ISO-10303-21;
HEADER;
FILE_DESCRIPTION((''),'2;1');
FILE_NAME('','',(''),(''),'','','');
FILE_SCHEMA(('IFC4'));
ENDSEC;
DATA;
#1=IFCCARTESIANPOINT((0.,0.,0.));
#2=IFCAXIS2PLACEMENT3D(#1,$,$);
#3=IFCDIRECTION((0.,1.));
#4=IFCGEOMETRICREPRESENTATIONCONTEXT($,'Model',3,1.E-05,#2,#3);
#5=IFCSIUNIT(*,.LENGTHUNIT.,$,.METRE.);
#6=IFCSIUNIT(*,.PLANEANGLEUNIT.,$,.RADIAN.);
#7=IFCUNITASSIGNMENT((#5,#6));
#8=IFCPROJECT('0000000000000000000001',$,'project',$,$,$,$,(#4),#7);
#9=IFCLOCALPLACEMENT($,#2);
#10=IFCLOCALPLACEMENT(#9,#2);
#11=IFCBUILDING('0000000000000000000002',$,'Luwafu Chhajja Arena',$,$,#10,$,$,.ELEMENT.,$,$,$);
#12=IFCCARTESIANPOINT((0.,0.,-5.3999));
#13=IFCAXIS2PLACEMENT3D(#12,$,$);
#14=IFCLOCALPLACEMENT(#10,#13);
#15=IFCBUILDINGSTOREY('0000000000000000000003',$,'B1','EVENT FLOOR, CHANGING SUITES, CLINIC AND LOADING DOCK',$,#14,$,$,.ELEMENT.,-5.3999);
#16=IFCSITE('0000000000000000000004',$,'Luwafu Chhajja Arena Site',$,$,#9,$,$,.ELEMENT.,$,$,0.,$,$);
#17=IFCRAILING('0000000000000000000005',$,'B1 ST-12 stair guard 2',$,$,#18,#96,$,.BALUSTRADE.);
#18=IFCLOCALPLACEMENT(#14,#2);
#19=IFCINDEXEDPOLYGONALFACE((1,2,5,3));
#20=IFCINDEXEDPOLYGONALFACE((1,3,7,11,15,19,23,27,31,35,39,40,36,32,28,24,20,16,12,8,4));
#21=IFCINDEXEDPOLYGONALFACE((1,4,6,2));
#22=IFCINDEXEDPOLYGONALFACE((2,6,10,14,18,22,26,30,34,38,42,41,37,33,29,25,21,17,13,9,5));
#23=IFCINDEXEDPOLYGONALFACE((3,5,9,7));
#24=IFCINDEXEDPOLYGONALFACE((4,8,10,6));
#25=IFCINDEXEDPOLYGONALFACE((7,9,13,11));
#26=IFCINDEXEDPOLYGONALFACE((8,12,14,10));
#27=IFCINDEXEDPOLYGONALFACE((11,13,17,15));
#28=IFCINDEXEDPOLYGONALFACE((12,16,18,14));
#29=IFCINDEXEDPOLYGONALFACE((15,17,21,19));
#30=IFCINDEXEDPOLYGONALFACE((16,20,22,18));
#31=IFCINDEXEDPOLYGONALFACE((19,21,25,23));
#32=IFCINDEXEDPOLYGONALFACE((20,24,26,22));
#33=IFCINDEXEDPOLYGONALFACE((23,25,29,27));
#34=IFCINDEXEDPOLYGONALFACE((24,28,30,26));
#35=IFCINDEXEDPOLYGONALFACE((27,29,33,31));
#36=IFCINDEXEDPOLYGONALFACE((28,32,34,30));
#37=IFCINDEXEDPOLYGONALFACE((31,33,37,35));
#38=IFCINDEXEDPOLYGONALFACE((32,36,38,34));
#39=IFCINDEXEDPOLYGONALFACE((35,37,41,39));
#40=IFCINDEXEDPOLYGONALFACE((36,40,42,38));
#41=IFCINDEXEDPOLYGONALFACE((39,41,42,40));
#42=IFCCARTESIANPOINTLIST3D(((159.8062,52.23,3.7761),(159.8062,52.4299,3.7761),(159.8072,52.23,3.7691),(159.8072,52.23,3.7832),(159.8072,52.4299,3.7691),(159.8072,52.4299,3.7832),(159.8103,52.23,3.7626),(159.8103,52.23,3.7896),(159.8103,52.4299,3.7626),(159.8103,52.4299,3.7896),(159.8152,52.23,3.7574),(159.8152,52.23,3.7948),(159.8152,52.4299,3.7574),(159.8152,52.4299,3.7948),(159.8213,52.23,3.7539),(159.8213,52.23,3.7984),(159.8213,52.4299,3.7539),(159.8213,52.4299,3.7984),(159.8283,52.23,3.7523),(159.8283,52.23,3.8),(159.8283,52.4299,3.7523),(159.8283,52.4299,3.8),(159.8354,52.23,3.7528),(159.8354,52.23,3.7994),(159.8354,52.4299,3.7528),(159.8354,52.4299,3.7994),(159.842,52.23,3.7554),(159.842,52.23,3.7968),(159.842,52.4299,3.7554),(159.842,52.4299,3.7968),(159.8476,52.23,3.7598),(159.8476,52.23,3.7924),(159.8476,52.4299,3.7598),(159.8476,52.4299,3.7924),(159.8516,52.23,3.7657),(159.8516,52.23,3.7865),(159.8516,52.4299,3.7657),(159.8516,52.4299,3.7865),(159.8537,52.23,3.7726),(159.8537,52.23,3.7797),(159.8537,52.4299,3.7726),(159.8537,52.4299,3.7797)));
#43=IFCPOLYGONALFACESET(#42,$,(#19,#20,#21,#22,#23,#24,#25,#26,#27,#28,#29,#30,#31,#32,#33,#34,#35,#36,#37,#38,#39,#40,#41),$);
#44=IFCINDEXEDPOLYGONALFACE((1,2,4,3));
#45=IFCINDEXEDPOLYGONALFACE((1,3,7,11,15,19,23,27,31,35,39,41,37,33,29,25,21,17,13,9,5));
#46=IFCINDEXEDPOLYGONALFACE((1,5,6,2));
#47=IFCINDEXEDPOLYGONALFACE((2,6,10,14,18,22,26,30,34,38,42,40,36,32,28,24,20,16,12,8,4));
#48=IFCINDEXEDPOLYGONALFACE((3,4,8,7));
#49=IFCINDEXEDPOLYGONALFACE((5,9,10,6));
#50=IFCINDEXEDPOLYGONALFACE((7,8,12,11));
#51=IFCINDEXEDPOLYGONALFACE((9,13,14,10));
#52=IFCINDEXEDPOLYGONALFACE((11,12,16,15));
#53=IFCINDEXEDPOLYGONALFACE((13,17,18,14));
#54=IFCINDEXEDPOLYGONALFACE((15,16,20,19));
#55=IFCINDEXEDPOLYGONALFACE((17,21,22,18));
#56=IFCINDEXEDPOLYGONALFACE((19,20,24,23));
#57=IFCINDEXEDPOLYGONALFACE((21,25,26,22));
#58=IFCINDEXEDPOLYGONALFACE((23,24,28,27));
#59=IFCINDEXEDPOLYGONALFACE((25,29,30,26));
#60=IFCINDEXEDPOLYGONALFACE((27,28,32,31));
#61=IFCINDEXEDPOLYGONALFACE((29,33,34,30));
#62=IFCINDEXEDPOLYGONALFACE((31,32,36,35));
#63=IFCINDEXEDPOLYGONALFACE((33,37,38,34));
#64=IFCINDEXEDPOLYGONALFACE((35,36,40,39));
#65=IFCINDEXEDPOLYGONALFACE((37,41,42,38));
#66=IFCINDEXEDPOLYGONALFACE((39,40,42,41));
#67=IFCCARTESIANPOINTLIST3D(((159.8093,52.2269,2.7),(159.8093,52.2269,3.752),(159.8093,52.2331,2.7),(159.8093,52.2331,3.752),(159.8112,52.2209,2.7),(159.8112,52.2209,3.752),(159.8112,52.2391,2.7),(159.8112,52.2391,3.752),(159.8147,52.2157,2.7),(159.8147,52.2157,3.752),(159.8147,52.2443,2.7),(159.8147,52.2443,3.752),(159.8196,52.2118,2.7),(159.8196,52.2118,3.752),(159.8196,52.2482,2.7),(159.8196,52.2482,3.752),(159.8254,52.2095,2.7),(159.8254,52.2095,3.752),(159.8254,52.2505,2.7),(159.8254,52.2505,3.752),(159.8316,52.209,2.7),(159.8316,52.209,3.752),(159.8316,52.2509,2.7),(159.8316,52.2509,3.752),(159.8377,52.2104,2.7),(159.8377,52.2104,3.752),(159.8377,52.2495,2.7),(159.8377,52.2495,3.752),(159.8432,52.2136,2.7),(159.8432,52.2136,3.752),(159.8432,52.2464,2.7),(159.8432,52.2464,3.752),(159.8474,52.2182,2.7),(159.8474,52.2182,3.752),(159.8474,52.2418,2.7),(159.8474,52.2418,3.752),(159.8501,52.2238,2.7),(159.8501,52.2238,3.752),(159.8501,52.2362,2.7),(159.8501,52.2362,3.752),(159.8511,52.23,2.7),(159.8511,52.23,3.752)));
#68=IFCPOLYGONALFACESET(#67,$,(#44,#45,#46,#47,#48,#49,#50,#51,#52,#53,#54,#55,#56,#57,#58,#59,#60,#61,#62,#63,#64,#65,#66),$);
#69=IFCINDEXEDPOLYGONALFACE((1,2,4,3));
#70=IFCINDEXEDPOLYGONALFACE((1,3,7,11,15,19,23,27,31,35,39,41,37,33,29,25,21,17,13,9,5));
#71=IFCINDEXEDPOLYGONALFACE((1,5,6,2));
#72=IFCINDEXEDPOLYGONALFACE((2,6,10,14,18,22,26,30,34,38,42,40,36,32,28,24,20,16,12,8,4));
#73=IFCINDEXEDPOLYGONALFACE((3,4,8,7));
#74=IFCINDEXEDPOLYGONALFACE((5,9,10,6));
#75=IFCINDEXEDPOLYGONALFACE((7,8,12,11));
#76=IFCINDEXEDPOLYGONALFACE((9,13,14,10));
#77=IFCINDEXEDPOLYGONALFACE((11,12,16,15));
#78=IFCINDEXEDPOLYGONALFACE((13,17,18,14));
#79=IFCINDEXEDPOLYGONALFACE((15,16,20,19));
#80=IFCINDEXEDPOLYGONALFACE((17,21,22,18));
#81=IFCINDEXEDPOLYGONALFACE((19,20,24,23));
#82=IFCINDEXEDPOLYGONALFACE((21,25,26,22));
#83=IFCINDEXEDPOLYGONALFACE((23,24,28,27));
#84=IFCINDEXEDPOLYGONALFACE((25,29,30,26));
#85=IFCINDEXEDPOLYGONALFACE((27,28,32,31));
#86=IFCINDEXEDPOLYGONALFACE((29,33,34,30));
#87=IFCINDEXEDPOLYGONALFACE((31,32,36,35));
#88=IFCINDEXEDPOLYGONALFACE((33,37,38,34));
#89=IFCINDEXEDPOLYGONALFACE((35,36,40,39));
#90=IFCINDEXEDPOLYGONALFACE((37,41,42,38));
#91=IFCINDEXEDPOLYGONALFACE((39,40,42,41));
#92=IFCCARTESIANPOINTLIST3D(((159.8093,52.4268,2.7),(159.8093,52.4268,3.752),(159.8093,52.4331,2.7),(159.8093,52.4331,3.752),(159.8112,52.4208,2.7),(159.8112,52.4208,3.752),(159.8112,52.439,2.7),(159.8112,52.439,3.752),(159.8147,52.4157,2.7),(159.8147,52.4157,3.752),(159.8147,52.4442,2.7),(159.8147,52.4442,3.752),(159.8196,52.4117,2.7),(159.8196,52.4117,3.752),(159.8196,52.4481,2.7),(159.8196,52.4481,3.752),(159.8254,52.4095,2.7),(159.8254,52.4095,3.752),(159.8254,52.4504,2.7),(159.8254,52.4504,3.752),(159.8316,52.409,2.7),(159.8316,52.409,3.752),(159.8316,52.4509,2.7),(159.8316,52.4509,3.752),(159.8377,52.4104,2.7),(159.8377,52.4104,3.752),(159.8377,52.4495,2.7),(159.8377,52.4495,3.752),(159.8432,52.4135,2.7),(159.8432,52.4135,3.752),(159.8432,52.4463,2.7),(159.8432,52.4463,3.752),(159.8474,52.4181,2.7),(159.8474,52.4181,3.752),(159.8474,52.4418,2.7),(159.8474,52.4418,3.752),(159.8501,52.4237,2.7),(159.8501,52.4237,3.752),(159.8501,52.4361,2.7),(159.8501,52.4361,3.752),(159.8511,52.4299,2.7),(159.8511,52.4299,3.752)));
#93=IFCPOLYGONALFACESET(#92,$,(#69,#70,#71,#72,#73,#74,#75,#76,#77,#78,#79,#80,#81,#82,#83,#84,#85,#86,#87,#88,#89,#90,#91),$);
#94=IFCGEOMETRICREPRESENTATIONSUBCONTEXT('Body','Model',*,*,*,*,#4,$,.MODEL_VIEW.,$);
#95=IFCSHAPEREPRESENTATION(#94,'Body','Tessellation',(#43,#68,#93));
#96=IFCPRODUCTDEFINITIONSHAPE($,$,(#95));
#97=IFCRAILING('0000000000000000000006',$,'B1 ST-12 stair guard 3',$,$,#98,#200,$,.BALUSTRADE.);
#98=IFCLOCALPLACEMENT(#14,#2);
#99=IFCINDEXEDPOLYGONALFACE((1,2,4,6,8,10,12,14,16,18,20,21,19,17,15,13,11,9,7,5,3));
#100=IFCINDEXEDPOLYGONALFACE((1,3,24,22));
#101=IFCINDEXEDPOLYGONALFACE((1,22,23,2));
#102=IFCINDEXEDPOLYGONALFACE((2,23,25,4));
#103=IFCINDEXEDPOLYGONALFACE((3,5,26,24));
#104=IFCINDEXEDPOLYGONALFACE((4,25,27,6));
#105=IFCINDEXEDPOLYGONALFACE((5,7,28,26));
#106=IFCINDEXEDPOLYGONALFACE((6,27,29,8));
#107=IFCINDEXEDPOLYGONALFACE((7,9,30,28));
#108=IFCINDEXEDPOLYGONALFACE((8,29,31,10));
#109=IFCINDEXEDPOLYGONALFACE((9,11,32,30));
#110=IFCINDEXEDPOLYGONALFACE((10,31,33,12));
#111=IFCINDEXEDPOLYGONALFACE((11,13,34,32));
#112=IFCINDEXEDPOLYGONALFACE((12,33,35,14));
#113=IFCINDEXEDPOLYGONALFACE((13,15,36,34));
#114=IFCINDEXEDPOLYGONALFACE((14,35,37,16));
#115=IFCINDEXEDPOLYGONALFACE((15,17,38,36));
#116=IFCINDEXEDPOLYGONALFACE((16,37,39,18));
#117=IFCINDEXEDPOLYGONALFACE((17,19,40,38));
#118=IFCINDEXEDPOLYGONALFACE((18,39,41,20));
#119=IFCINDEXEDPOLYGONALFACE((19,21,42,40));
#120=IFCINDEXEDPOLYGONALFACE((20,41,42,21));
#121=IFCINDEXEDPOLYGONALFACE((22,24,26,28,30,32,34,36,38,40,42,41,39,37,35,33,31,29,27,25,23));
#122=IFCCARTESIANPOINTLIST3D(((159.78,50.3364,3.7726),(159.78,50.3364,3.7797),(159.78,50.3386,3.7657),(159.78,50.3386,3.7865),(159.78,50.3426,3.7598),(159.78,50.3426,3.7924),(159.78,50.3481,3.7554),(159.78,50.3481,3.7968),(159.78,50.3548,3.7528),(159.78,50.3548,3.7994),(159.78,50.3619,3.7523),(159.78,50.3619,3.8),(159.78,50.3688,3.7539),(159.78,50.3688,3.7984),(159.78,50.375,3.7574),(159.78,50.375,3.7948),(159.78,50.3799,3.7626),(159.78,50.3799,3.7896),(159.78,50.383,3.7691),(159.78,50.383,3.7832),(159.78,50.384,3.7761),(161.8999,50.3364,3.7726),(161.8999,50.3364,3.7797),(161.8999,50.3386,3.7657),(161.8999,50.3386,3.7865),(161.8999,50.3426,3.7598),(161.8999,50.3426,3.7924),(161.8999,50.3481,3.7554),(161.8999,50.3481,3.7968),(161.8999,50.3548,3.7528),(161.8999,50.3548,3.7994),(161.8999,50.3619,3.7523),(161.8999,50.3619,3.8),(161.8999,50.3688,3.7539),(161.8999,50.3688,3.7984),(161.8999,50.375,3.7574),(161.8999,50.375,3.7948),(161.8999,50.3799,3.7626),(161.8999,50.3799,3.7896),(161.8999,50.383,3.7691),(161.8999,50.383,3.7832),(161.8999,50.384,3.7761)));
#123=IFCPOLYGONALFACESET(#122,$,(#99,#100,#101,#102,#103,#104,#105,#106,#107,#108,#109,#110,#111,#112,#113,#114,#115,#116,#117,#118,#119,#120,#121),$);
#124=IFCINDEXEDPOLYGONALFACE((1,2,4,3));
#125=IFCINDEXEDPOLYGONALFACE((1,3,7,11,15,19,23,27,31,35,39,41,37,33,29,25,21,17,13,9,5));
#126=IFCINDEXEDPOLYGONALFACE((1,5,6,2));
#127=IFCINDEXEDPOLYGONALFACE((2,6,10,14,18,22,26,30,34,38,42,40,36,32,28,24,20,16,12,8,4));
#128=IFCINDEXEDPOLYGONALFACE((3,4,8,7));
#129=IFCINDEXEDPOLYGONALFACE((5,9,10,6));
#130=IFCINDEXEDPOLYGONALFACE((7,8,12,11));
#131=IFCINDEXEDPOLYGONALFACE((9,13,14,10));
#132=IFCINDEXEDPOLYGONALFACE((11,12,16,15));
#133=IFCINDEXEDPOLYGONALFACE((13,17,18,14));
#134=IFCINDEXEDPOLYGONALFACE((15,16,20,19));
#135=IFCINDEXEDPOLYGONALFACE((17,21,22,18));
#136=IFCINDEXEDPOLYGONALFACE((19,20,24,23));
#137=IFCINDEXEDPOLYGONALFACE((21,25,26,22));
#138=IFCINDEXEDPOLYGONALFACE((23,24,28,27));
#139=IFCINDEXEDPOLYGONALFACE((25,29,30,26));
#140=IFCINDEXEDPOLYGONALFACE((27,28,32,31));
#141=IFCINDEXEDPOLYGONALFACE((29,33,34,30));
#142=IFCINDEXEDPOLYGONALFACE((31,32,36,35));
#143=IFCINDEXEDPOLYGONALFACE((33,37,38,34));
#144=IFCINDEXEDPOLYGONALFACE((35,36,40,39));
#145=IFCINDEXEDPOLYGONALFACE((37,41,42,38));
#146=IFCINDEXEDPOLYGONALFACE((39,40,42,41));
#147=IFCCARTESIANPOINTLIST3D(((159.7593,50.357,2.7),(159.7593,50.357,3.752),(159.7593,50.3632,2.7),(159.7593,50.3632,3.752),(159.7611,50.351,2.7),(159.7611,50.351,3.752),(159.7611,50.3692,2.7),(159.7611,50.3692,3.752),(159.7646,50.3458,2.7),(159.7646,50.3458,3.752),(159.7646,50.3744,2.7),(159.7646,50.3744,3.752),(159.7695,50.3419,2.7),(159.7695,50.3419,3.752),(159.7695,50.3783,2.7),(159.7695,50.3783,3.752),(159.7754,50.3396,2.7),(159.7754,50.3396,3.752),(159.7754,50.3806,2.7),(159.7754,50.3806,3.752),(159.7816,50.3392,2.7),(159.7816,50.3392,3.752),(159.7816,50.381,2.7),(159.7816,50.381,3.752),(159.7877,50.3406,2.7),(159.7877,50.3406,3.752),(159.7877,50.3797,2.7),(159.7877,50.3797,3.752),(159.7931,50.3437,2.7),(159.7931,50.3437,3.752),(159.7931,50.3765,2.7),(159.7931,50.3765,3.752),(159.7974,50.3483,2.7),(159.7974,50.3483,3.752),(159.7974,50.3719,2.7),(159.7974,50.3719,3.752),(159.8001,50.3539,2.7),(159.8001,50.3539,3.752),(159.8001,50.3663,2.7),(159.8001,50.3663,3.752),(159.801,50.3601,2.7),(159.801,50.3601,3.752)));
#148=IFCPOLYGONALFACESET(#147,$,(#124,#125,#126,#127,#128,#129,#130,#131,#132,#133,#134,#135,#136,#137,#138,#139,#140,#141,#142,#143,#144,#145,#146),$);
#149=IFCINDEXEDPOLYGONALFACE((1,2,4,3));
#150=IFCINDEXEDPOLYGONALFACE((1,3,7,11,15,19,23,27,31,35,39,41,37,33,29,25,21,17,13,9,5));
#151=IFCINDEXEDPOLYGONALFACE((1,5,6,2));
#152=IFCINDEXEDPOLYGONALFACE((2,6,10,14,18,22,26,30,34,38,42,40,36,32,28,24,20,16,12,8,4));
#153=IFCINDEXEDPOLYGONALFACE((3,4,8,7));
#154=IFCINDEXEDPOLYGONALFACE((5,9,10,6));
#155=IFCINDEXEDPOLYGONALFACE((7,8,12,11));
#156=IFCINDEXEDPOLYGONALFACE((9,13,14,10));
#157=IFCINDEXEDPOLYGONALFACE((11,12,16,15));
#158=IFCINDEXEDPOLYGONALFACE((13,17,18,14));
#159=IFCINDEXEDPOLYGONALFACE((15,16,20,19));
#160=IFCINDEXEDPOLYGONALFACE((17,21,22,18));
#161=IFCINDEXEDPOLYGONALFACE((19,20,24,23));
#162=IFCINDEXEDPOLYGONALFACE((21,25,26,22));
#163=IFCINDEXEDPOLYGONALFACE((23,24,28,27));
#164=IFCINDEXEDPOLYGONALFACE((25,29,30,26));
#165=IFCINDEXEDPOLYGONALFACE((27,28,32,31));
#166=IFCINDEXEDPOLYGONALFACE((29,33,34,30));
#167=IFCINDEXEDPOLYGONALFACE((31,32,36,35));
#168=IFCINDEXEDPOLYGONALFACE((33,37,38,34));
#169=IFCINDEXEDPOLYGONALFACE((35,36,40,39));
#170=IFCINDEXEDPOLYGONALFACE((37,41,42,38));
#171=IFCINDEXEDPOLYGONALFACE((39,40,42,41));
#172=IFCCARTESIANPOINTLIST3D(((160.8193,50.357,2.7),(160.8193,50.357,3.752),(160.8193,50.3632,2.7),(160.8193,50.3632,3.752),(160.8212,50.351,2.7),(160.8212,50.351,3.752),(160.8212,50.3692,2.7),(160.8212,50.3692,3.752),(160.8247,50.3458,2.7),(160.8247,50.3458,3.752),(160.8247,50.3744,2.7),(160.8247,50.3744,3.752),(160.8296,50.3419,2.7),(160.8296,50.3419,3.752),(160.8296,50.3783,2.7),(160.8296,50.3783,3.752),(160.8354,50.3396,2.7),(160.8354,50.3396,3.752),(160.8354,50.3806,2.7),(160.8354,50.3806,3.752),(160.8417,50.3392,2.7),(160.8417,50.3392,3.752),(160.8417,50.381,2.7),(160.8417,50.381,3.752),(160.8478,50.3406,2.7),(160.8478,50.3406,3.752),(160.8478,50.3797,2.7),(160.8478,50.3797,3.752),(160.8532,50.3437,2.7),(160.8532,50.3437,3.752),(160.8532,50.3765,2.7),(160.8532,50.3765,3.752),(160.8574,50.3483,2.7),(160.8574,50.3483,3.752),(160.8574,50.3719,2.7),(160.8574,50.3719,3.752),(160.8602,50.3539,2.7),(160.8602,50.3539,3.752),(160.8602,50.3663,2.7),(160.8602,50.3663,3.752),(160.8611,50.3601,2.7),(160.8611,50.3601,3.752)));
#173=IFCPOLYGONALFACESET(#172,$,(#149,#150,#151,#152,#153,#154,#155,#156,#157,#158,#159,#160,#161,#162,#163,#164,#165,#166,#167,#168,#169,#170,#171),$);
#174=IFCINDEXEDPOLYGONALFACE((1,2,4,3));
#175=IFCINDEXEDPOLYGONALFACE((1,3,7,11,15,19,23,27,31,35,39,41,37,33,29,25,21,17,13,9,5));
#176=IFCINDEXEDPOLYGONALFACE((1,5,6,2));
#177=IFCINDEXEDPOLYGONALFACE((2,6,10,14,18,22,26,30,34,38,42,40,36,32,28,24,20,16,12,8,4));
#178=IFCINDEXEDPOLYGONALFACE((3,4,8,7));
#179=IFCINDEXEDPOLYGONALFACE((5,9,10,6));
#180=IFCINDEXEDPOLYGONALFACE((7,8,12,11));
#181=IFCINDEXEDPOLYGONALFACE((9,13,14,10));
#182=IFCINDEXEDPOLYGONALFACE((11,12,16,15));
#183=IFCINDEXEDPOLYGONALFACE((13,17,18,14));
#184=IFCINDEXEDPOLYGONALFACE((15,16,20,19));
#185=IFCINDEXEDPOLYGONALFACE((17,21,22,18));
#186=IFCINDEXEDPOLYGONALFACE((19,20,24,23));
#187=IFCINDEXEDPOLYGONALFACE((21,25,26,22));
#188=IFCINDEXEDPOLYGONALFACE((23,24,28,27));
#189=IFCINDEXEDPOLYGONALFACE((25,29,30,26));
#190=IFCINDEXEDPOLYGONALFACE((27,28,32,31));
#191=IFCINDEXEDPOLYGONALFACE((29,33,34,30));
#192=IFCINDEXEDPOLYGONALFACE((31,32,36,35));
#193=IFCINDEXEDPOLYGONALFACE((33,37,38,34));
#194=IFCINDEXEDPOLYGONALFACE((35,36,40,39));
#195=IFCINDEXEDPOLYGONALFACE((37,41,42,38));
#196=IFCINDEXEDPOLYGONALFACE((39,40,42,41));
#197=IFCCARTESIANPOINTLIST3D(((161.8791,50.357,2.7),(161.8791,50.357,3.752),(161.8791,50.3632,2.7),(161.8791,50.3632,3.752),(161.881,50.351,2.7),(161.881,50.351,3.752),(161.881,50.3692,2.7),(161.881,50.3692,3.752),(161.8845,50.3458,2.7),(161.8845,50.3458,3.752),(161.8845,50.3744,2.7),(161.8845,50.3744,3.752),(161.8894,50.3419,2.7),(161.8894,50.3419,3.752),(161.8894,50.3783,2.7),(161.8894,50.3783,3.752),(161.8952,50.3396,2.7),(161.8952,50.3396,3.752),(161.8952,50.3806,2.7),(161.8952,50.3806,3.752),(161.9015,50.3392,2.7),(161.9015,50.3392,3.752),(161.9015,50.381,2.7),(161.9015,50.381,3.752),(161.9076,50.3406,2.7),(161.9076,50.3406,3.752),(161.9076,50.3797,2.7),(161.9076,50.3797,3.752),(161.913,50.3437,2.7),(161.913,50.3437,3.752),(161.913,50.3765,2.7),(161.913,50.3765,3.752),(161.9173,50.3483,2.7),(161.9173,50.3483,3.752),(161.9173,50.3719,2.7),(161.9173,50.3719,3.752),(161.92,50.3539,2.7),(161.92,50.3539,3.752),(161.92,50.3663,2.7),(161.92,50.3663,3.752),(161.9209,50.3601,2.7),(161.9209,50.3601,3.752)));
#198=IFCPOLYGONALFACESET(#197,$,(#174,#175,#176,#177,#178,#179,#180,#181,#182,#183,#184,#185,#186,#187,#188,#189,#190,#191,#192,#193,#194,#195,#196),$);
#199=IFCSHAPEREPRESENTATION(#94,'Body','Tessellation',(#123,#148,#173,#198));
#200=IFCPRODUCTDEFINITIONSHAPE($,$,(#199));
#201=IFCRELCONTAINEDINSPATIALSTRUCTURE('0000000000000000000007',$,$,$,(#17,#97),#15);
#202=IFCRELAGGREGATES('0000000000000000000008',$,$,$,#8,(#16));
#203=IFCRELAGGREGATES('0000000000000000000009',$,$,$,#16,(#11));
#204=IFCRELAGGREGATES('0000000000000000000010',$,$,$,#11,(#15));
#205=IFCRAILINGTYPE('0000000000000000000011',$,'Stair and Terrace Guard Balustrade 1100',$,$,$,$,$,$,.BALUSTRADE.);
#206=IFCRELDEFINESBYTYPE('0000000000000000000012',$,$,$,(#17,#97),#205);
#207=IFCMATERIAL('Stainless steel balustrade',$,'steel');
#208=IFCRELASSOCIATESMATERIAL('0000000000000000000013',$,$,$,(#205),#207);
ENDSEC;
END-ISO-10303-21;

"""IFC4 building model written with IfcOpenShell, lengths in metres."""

from ifc_helpers import new_model, si_unit, direction, frame, origin, origin_2d, place, context, subcontext, project, spatial, circle, extrude, material, type_object, element, save


model = new_model("IFC4")

# Units and contexts
model_context = context("Model", 3, precision=1e-05, world=origin(), true_north=direction((0.0, 1.0)))
body_context = subcontext(model_context, "Body", "Model", "MODEL_VIEW")
ifc_project = project(units=[si_unit("LENGTHUNIT", "METRE"), si_unit("PLANEANGLEUNIT", "RADIAN")], contexts=[model_context])

# Site, building, storey
site_placement = place(None, origin())
site = spatial("IfcSite", under=ifc_project, at=site_placement, Name="Luwafu Chhajja Arena Site", CompositionType="ELEMENT", RefElevation=0.0)
building_placement = place(site_placement, origin())
building = spatial("IfcBuilding", under=site, at=building_placement, Name="Luwafu Chhajja Arena", CompositionType="ELEMENT")
storey_placement = place(building_placement, frame((0.0, 0.0, -5.3999)))
storey = spatial("IfcBuildingStorey", under=building, at=storey_placement, Name="B1", Description="EVENT FLOOR, CHANGING SUITES, CLINIC AND LOADING DOCK", CompositionType="ELEMENT", Elevation=-5.3999)

# Railings
ifc_material_1 = material(Name="Stainless steel balustrade", Category="steel")
railing_type_1 = type_object("IfcRailingType", Name="Stair and Terrace Guard Balustrade 1100", PredefinedType="BALUSTRADE", material=ifc_material_1)
railing_1_placement = place(storey_placement, frame((159.8301, 52.23, 2.7)))
element("IfcRailing", 1, at=railing_1_placement, inside=storey, type_object=railing_type_1, Name="B1 ST-12 stair guard 2", PredefinedType="BALUSTRADE", context=body_context, shape_type="SweptSolid", body=[
    extrude(circle(Radius=0.0239, at=origin_2d()), frame((0.0, 0.0, 1.0762), z_axis=(0.0, 1.0, 0.0), x_axis=(-1.0, 0.0, 0.0)), (0.0, 0.0, 1.0), 0.2),
    extrude(circle(Radius=0.021, at=origin_2d()), origin(), (0.0, 0.0, 1.0), 1.052),
    extrude(circle(Radius=0.021, at=origin_2d()), frame((0.0, 0.2, 0.0)), (0.0, 0.0, 1.0), 1.052),
])
for number, where, name in (
    (2, (159.78, 50.3601, 2.7), "B1 ST-12 stair guard 3"),
):
    element("IfcRailing", number, at=place(storey_placement, frame(where)), inside=storey, type_object=railing_type_1, Name=name, PredefinedType="BALUSTRADE", context=body_context, shape_type="SweptSolid", body=[
        extrude(circle(Radius=0.0239, at=origin_2d()), frame((0.0, 0.0, 1.0762), z_axis=(1.0, 0.0, 0.0), x_axis=(0.0, 1.0, 0.0)), (0.0, 0.0, 1.0), 2.1199),
        extrude(circle(Radius=0.021, at=origin_2d()), origin(), (0.0, 0.0, 1.0), 1.052),
        extrude(circle(Radius=0.021, at=origin_2d()), frame((1.0601, 0.0, 0.0)), (0.0, 0.0, 1.0), 1.052),
        extrude(circle(Radius=0.021, at=origin_2d()), frame((2.1199, 0.0, 0.0)), (0.0, 0.0, 1.0), 1.052),
    ])

save(model, "model.ifc")
